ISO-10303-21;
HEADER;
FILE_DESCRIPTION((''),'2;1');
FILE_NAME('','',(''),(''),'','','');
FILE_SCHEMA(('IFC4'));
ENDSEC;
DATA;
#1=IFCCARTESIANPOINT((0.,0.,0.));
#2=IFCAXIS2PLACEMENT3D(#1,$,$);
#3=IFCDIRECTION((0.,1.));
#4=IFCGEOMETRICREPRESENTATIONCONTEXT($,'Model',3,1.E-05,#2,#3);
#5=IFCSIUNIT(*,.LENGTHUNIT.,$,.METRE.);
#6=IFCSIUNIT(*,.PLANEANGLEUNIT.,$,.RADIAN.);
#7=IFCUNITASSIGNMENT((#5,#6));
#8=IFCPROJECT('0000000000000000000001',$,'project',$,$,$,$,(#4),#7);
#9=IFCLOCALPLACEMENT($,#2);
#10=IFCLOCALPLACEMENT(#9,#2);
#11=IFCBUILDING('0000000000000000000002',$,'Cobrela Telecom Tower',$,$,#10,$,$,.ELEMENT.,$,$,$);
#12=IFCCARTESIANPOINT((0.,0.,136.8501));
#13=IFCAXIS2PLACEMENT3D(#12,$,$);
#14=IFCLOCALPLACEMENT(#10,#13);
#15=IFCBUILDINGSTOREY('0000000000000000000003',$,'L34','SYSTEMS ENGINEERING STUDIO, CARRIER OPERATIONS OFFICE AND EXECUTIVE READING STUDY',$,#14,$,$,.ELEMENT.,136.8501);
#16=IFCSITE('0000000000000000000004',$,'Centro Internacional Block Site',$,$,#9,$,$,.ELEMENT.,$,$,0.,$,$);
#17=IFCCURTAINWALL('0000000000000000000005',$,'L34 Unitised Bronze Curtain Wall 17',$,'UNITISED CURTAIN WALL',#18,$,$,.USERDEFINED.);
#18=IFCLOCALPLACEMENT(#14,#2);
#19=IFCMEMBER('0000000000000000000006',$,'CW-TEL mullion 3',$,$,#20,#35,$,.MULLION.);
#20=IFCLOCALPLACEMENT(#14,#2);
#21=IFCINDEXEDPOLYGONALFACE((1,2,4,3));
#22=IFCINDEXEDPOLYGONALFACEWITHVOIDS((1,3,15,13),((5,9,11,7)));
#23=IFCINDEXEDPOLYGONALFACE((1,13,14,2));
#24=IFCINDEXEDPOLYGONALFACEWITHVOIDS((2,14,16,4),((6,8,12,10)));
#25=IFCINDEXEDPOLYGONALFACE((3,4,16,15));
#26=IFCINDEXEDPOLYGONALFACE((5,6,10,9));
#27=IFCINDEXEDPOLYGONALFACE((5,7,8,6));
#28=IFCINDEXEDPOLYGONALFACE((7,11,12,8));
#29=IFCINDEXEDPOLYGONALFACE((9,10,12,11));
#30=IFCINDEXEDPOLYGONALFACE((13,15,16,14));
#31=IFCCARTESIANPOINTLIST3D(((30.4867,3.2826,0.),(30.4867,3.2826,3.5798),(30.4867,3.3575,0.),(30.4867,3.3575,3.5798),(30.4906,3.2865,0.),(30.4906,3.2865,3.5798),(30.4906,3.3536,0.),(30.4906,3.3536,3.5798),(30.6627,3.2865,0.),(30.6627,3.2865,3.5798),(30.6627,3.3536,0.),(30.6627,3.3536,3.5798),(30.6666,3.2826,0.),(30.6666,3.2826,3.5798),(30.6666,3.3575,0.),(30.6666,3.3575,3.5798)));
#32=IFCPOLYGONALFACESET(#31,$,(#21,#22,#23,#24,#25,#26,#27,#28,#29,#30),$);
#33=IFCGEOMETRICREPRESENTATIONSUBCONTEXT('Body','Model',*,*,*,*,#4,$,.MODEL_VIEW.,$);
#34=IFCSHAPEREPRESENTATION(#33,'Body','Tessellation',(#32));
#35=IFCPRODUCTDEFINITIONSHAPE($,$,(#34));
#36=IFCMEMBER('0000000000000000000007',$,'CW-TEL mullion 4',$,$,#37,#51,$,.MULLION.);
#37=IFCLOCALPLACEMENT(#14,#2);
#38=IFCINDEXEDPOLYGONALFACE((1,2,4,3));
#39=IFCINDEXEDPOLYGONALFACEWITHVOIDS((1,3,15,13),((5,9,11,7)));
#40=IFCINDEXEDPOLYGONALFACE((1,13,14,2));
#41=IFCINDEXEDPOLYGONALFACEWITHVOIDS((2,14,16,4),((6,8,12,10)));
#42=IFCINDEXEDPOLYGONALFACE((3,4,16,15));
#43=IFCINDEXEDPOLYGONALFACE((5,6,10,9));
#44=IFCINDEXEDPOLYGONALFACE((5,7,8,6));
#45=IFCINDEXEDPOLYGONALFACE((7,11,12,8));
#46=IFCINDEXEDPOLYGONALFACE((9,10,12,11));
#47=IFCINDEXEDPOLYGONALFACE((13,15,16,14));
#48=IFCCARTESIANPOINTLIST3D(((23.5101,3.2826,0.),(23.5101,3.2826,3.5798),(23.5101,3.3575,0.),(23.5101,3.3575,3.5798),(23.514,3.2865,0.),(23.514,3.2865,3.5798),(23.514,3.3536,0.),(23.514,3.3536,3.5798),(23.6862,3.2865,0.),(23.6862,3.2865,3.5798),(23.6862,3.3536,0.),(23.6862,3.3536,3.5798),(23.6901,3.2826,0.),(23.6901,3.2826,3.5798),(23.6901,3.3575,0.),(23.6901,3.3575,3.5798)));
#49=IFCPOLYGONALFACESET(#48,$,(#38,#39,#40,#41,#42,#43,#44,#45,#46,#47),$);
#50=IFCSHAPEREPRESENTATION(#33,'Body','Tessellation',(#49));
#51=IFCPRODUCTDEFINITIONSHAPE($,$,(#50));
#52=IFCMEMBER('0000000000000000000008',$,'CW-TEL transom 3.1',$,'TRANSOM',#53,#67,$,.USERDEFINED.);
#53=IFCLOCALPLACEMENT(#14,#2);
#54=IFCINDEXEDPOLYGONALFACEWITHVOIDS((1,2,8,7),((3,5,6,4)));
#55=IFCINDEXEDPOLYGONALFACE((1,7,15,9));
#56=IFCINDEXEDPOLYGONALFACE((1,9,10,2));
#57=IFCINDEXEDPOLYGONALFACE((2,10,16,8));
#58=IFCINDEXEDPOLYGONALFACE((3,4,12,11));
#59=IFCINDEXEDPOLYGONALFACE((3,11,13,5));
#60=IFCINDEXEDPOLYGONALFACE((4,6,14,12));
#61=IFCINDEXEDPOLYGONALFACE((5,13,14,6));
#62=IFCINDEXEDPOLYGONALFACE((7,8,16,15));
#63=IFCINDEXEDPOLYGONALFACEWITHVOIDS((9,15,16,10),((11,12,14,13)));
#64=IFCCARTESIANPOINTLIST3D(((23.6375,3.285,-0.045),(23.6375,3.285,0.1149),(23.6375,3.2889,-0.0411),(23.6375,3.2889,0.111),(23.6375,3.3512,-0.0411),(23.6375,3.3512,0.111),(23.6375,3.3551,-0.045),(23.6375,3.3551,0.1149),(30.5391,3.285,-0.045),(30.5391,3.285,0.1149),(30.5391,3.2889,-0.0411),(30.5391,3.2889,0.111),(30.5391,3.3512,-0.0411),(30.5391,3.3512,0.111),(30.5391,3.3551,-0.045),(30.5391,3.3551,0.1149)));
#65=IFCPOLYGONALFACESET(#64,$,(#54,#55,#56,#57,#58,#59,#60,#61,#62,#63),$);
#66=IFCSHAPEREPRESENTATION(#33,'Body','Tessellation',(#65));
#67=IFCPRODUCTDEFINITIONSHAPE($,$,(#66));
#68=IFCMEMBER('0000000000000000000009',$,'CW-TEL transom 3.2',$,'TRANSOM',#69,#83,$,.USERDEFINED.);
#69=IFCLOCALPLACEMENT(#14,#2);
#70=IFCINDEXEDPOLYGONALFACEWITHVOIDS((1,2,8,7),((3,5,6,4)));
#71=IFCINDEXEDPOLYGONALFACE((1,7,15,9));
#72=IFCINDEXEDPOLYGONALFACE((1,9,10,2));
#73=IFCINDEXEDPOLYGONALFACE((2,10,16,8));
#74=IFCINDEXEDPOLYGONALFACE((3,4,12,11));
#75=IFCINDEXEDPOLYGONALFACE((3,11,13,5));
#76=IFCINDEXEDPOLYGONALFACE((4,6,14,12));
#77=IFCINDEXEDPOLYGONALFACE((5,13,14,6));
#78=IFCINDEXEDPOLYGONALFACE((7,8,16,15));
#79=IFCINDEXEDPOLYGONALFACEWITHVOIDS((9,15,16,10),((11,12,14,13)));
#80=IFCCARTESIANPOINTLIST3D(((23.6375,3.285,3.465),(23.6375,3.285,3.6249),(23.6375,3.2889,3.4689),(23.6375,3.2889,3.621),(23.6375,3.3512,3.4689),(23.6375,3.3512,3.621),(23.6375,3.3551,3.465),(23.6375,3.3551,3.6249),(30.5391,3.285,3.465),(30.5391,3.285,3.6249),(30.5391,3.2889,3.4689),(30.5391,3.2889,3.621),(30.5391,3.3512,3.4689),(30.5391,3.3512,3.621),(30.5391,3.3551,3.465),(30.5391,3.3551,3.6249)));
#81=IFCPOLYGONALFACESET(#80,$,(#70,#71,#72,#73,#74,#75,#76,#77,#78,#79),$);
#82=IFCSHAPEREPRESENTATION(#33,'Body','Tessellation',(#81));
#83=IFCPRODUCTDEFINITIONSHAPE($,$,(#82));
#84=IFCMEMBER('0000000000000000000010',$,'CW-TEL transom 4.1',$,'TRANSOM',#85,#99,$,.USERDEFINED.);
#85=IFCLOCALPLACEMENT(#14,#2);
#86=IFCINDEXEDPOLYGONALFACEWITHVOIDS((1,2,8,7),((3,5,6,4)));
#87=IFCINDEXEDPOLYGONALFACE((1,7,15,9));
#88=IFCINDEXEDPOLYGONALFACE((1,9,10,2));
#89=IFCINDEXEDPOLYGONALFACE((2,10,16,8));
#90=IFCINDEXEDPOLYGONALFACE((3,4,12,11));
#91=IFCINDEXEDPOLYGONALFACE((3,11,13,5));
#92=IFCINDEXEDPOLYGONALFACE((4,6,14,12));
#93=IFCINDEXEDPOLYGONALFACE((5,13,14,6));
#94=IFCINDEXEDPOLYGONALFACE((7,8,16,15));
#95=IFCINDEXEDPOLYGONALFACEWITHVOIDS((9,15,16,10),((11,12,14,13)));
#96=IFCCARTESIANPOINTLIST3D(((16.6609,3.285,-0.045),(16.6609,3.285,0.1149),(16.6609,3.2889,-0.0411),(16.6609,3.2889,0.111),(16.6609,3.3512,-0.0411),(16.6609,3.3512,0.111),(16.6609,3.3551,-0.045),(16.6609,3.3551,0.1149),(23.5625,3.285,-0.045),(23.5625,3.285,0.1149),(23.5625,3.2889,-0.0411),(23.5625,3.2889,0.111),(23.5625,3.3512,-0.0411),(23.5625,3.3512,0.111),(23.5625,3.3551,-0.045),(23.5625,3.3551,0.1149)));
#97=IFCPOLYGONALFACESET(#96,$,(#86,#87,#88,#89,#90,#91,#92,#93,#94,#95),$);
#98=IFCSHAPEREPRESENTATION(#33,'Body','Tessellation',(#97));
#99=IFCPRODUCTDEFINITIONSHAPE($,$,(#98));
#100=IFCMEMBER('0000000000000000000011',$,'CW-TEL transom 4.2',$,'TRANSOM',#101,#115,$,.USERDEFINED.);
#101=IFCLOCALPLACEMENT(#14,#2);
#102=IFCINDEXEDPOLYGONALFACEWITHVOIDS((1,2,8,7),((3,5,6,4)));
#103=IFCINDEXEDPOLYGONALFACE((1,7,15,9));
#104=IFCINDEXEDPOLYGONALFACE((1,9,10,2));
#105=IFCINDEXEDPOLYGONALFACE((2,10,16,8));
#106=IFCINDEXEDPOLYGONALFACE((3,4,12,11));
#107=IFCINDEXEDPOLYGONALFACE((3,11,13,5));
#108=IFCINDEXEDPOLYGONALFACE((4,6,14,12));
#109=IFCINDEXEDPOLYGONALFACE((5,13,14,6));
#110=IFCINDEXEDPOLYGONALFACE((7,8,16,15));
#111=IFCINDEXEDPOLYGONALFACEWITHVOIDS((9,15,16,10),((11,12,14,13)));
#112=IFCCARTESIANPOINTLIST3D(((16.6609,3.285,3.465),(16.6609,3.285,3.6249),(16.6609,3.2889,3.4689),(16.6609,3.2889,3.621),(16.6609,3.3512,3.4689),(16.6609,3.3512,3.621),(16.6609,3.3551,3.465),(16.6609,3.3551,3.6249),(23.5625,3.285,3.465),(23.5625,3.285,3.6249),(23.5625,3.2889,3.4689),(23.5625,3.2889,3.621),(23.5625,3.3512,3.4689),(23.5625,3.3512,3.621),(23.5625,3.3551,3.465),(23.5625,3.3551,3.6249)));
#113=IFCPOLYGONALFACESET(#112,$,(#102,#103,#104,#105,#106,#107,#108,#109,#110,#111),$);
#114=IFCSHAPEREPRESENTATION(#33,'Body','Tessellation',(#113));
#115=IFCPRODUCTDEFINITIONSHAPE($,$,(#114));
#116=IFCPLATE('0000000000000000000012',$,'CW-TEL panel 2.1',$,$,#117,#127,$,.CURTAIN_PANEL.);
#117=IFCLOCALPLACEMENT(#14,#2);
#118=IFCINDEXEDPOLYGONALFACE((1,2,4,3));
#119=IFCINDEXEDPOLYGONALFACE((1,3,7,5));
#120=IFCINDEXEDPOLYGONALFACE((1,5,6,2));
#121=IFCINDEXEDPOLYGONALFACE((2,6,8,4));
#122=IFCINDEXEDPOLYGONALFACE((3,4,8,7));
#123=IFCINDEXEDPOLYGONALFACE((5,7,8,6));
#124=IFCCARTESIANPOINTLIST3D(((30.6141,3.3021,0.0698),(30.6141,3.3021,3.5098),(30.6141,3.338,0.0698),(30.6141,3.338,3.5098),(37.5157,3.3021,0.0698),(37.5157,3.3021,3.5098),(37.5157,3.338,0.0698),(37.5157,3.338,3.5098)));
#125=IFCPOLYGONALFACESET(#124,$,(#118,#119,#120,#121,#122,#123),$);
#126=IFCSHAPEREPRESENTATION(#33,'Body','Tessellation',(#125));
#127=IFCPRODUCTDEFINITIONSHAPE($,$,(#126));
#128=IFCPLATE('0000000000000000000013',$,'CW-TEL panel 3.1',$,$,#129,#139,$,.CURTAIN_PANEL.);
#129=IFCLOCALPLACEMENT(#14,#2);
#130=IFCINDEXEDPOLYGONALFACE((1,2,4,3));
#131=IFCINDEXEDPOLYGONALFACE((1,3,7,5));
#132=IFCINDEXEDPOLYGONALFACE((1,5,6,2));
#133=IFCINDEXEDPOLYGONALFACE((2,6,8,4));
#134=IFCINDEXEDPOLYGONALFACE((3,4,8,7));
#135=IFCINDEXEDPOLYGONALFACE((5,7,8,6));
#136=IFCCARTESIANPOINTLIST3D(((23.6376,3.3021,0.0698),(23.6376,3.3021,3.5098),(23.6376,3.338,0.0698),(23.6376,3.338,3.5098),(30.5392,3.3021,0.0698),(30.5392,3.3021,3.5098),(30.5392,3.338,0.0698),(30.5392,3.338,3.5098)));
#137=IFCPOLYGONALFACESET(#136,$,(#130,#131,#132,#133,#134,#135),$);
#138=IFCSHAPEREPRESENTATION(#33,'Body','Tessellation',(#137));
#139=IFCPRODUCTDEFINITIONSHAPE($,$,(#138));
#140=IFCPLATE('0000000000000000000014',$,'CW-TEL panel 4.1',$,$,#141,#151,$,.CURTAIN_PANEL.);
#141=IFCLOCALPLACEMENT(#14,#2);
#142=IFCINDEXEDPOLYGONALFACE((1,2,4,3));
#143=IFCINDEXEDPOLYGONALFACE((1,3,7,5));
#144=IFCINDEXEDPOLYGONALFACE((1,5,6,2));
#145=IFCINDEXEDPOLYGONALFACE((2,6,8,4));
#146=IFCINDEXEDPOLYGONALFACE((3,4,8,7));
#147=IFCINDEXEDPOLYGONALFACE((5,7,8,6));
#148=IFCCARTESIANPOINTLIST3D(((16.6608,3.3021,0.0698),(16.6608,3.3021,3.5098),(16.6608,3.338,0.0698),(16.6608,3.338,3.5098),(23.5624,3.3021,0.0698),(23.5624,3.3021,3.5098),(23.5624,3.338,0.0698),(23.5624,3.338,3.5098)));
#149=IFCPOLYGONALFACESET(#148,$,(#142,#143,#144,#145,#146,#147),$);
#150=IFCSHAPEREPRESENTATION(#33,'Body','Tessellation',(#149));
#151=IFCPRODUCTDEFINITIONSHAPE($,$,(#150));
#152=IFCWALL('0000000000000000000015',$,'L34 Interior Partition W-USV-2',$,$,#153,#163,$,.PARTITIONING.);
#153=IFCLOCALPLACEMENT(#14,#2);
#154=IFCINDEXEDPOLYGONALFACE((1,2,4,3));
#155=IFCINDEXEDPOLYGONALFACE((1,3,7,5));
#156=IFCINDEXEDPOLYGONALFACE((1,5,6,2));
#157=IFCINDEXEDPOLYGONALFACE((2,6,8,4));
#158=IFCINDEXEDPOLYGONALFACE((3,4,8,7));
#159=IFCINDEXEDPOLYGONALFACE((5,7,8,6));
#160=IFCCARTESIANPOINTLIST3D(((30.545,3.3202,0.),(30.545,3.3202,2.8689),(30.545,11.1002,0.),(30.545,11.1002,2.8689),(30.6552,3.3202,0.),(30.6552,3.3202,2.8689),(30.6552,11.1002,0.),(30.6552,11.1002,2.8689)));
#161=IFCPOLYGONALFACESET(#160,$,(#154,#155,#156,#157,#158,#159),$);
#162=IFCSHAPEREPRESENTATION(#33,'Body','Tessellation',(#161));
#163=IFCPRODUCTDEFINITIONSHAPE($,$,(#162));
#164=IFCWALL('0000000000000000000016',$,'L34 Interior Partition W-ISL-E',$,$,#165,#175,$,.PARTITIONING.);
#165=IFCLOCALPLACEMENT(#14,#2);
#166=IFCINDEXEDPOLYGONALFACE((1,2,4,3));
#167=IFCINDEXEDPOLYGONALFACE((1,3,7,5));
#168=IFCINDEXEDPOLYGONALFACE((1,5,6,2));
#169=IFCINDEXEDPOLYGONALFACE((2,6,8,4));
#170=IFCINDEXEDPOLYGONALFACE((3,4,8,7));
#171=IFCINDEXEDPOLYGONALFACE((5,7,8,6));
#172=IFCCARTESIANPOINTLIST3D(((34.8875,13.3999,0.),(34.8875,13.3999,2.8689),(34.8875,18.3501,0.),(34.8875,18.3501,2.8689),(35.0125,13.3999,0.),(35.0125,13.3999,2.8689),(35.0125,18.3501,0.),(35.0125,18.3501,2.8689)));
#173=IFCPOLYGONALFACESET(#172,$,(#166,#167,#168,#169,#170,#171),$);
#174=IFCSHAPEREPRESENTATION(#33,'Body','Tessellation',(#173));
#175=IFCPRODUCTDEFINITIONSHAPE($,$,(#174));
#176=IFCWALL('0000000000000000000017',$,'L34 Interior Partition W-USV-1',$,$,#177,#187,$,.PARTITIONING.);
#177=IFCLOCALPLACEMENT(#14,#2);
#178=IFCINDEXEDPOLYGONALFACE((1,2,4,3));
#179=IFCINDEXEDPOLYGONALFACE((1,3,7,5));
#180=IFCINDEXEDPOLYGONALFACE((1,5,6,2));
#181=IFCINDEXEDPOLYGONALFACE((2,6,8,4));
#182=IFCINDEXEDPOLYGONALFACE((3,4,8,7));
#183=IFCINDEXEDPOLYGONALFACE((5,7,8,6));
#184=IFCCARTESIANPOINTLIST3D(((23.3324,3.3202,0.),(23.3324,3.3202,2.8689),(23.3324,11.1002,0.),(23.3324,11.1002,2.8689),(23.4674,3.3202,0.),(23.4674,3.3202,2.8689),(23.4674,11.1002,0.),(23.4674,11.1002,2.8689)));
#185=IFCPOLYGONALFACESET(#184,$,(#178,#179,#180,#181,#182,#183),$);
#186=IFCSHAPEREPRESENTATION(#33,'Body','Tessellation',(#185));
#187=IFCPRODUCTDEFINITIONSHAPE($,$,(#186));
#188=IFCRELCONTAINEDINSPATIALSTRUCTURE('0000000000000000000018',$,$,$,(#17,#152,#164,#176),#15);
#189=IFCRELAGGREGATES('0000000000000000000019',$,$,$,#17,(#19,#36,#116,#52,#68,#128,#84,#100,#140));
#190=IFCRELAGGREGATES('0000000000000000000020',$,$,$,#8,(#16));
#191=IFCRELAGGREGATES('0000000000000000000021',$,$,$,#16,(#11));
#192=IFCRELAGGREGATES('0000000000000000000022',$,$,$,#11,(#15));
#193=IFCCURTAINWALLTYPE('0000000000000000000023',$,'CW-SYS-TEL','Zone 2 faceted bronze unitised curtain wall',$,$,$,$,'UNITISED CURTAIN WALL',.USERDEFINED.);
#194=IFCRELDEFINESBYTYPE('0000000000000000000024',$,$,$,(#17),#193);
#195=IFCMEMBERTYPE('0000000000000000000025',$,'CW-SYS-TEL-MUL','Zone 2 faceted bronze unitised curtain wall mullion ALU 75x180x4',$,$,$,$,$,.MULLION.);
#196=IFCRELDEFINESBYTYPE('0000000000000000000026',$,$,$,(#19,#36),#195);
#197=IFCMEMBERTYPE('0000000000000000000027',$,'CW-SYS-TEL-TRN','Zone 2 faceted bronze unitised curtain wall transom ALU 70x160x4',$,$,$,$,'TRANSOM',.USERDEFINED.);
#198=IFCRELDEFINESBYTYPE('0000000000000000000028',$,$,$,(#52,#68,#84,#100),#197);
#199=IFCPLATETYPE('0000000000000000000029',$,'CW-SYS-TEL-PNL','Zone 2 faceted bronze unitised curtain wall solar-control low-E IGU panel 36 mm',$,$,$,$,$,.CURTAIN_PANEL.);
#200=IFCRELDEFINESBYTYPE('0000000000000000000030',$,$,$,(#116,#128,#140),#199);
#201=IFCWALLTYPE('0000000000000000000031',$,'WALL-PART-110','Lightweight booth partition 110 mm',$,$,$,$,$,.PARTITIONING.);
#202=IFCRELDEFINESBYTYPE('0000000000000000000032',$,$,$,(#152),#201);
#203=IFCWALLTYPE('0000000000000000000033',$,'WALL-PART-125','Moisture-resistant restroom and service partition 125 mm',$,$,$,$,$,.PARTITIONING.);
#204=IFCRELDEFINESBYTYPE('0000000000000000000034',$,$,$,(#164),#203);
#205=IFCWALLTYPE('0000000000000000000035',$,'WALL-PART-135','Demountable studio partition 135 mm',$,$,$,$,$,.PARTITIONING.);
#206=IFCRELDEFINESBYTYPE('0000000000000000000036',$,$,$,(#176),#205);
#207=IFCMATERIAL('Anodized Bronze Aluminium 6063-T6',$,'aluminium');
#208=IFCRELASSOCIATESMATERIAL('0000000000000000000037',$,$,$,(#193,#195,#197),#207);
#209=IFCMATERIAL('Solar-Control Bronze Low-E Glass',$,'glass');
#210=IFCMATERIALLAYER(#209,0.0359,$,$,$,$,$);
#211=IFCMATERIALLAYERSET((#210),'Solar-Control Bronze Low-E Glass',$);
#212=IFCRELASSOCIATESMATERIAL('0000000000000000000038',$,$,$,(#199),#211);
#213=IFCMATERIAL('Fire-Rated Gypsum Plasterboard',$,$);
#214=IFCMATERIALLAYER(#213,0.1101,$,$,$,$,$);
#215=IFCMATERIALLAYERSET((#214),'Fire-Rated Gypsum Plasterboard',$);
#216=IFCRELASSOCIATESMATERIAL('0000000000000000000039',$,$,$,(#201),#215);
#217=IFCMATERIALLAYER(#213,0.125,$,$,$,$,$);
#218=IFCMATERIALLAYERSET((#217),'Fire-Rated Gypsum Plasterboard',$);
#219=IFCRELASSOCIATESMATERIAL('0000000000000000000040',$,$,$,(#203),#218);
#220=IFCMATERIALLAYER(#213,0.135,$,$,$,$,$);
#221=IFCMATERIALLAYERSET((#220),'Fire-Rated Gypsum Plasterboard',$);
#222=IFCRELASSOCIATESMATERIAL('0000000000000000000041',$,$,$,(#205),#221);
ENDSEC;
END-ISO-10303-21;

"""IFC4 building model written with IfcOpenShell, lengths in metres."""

from ifc_helpers import new_model, si_unit, direction, frame, frame_2d, origin, origin_2d, place, context, subcontext, project, spatial, rectangle, hollow_rectangle, extrude, material, layer, layer_set, material_profile, profile_set, type_object, element, aggregate, save


model = new_model("IFC4")

# Units and contexts
model_context = context("Model", 3, precision=1e-05, world=origin(), true_north=direction((0.0, 1.0)))
body_context = subcontext(model_context, "Body", "Model", "MODEL_VIEW")
ifc_project = project(units=[si_unit("LENGTHUNIT", "METRE"), si_unit("PLANEANGLEUNIT", "RADIAN")], contexts=[model_context])

# Site, building, storey
site_placement = place(None, origin())
site = spatial("IfcSite", under=ifc_project, at=site_placement, Name="Centro Internacional Block Site", CompositionType="ELEMENT", RefElevation=0.0)
building_placement = place(site_placement, origin())
building = spatial("IfcBuilding", under=site, at=building_placement, Name="Cobrela Telecom Tower", CompositionType="ELEMENT")
storey_placement = place(building_placement, frame((0.0, 0.0, 136.8501)))
storey = spatial("IfcBuildingStorey", under=building, at=storey_placement, Name="L34", Description="SYSTEMS ENGINEERING STUDIO, CARRIER OPERATIONS OFFICE AND EXECUTIVE READING STUDY", CompositionType="ELEMENT", Elevation=136.8501)

# Curtain wall, members, plates
ifc_material_1 = material(Name="Anodized Bronze Aluminium 6063-T6", Category="aluminium")
curtain_wall_type = type_object("IfcCurtainWallType", Name="CW-SYS-TEL", Description="Zone 2 faceted bronze unitised curtain wall", ElementType="UNITISED CURTAIN WALL", PredefinedType="USERDEFINED", material=ifc_material_1)
curtain_wall_placement = place(storey_placement, origin())
curtain_wall = element("IfcCurtainWall", 1, at=curtain_wall_placement, inside=storey, type_object=curtain_wall_type, Name="L34 Unitised Bronze Curtain Wall 17", ObjectType="UNITISED CURTAIN WALL", PredefinedType="USERDEFINED")
ifc_material_profile_1 = material_profile(ifc_material_1, hollow_rectangle(XDim=0.075, YDim=0.1799, WallThickness=0.0039, at=origin_2d()), Name="ALU 75x180x4")
ifc_profile_set_1 = profile_set([ifc_material_profile_1], Name="Anodized Bronze Aluminium 6063-T6")
member_type_1 = type_object("IfcMemberType", Name="CW-SYS-TEL-MUL", Description="Zone 2 faceted bronze unitised curtain wall mullion ALU 75x180x4", PredefinedType="MULLION", material=ifc_profile_set_1)
member_1_placement = place(storey_placement, frame((30.5767, 3.3201, 0.0), z_axis=(0.0, 0.0, 1.0), x_axis=(0.0, -1.0, 0.0)))
member_1 = element("IfcMember", 2, at=member_1_placement, type_object=member_type_1, Name="CW-TEL mullion 3", PredefinedType="MULLION", context=body_context, shape_type="SweptSolid", body=[
    extrude(hollow_rectangle(XDim=0.075, YDim=0.1799, WallThickness=0.0039, at=origin_2d()), origin(), (0.0, 0.0, 1.0), 3.5798),
])
member_2_placement = place(storey_placement, frame((23.6001, 3.3201, 0.0), z_axis=(0.0, 0.0, 1.0), x_axis=(0.0, -1.0, 0.0)))
member_2 = element("IfcMember", 3, at=member_2_placement, type_object=member_type_1, Name="CW-TEL mullion 4", PredefinedType="MULLION", context=body_context, shape_type="SweptSolid", body=[
    extrude(hollow_rectangle(XDim=0.075, YDim=0.1799, WallThickness=0.0039, at=origin_2d()), origin(), (0.0, 0.0, 1.0), 3.5798),
])
ifc_material_profile_2 = material_profile(ifc_material_1, hollow_rectangle(XDim=0.0701, YDim=0.1599, WallThickness=0.0039, at=origin_2d()), Name="ALU 70x160x4")
ifc_profile_set_2 = profile_set([ifc_material_profile_2], Name="Anodized Bronze Aluminium 6063-T6")
member_type_2 = type_object("IfcMemberType", Name="CW-SYS-TEL-TRN", Description="Zone 2 faceted bronze unitised curtain wall transom ALU 70x160x4", ElementType="TRANSOM", PredefinedType="USERDEFINED", material=ifc_profile_set_2)
member_3_placement = place(storey_placement, frame((30.5391, 3.3201, 0.0349), z_axis=(-1.0, 0.0, 0.0), x_axis=(0.0, -1.0, 0.0)))
member_3 = element("IfcMember", 4, at=member_3_placement, type_object=member_type_2, Name="CW-TEL transom 3.1", ObjectType="TRANSOM", PredefinedType="USERDEFINED", context=body_context, shape_type="SweptSolid", body=[
    extrude(hollow_rectangle(XDim=0.0701, YDim=0.1599, WallThickness=0.0039, at=origin_2d()), origin(), (0.0, 0.0, 1.0), 6.9016),
])
member_4_placement = place(storey_placement, frame((30.5391, 3.3201, 3.5449), z_axis=(-1.0, 0.0, 0.0), x_axis=(0.0, -1.0, 0.0)))
member_4 = element("IfcMember", 5, at=member_4_placement, type_object=member_type_2, Name="CW-TEL transom 3.2", ObjectType="TRANSOM", PredefinedType="USERDEFINED", context=body_context, shape_type="SweptSolid", body=[
    extrude(hollow_rectangle(XDim=0.0701, YDim=0.1599, WallThickness=0.0039, at=origin_2d()), origin(), (0.0, 0.0, 1.0), 6.9016),
])
member_5_placement = place(storey_placement, frame((23.5625, 3.3201, 0.0349), z_axis=(-1.0, 0.0, 0.0), x_axis=(0.0, -1.0, 0.0)))
member_5 = element("IfcMember", 6, at=member_5_placement, type_object=member_type_2, Name="CW-TEL transom 4.1", ObjectType="TRANSOM", PredefinedType="USERDEFINED", context=body_context, shape_type="SweptSolid", body=[
    extrude(hollow_rectangle(XDim=0.0701, YDim=0.1599, WallThickness=0.0039, at=origin_2d()), origin(), (0.0, 0.0, 1.0), 6.9016),
])
member_6_placement = place(storey_placement, frame((23.5625, 3.3201, 3.5449), z_axis=(-1.0, 0.0, 0.0), x_axis=(0.0, -1.0, 0.0)))
member_6 = element("IfcMember", 7, at=member_6_placement, type_object=member_type_2, Name="CW-TEL transom 4.2", ObjectType="TRANSOM", PredefinedType="USERDEFINED", context=body_context, shape_type="SweptSolid", body=[
    extrude(hollow_rectangle(XDim=0.0701, YDim=0.1599, WallThickness=0.0039, at=origin_2d()), origin(), (0.0, 0.0, 1.0), 6.9016),
])
ifc_material_2 = material(Name="Solar-Control Bronze Low-E Glass", Category="glass")
ifc_layer_1 = layer(ifc_material_2, 0.0359)
ifc_layer_set_1 = layer_set([ifc_layer_1], Name="Solar-Control Bronze Low-E Glass")
plate_type = type_object("IfcPlateType", Name="CW-SYS-TEL-PNL", Description="Zone 2 faceted bronze unitised curtain wall solar-control low-E IGU panel 36 mm", PredefinedType="CURTAIN_PANEL", material=ifc_layer_set_1)
plate_1_placement = place(storey_placement, frame((34.0649, 3.3201, 0.0698), z_axis=(0.0, 0.0, 1.0), x_axis=(-1.0, 0.0, 0.0)))
plate_1 = element("IfcPlate", 8, at=plate_1_placement, type_object=plate_type, Name="CW-TEL panel 2.1", PredefinedType="CURTAIN_PANEL", context=body_context, shape_type="SweptSolid", body=[
    extrude(rectangle(XDim=6.9016, YDim=0.0359, at=origin_2d()), origin(), (0.0, 0.0, 1.0), 3.4399),
])
plate_2_placement = place(storey_placement, frame((27.0884, 3.3201, 0.0698), z_axis=(0.0, 0.0, 1.0), x_axis=(-1.0, 0.0, 0.0)))
plate_2 = element("IfcPlate", 9, at=plate_2_placement, type_object=plate_type, Name="CW-TEL panel 3.1", PredefinedType="CURTAIN_PANEL", context=body_context, shape_type="SweptSolid", body=[
    extrude(rectangle(XDim=6.9016, YDim=0.0359, at=origin_2d()), origin(), (0.0, 0.0, 1.0), 3.4399),
])
plate_3_placement = place(storey_placement, frame((20.1116, 3.3201, 0.0698), z_axis=(0.0, 0.0, 1.0), x_axis=(-1.0, 0.0, 0.0)))
plate_3 = element("IfcPlate", 10, at=plate_3_placement, type_object=plate_type, Name="CW-TEL panel 4.1", PredefinedType="CURTAIN_PANEL", context=body_context, shape_type="SweptSolid", body=[
    extrude(rectangle(XDim=6.9016, YDim=0.0359, at=origin_2d()), origin(), (0.0, 0.0, 1.0), 3.4399),
])
aggregate(curtain_wall, [member_1, member_2, plate_1, member_3, member_4, plate_2, member_5, member_6, plate_3])

# Walls
ifc_material_3 = material(Name="Fire-Rated Gypsum Plasterboard")
ifc_layer_2 = layer(ifc_material_3, 0.1101)
ifc_layer_set_2 = layer_set([ifc_layer_2], Name="Fire-Rated Gypsum Plasterboard")
wall_type_1 = type_object("IfcWallType", Name="WALL-PART-110", Description="Lightweight booth partition 110 mm", PredefinedType="PARTITIONING", material=ifc_layer_set_2)
wall_1_placement = place(storey_placement, frame((30.6001, 3.3201, 0.0), z_axis=(0.0, 0.0, 1.0), x_axis=(0.0, 1.0, 0.0)))
element("IfcWall", 11, at=wall_1_placement, inside=storey, type_object=wall_type_1, Name="L34 Interior Partition W-USV-2", PredefinedType="PARTITIONING", context=body_context, shape_type="SweptSolid", body=[
    extrude(rectangle(XDim=7.78, YDim=0.1101, at=frame_2d((3.8901, 0.0))), origin(), (0.0, 0.0, 1.0), 2.8689),
])
ifc_layer_3 = layer(ifc_material_3, 0.125)
ifc_layer_set_3 = layer_set([ifc_layer_3], Name="Fire-Rated Gypsum Plasterboard")
wall_type_2 = type_object("IfcWallType", Name="WALL-PART-125", Description="Moisture-resistant restroom and service partition 125 mm", PredefinedType="PARTITIONING", material=ifc_layer_set_3)
wall_2_placement = place(storey_placement, frame((34.95, 13.3999, 0.0), z_axis=(0.0, 0.0, 1.0), x_axis=(0.0, 1.0, 0.0)))
element("IfcWall", 12, at=wall_2_placement, inside=storey, type_object=wall_type_2, Name="L34 Interior Partition W-ISL-E", PredefinedType="PARTITIONING", context=body_context, shape_type="SweptSolid", body=[
    extrude(rectangle(XDim=4.9502, YDim=0.125, at=frame_2d((2.4751, 0.0))), origin(), (0.0, 0.0, 1.0), 2.8689),
])
ifc_layer_4 = layer(ifc_material_3, 0.135)
ifc_layer_set_4 = layer_set([ifc_layer_4], Name="Fire-Rated Gypsum Plasterboard")
wall_type_3 = type_object("IfcWallType", Name="WALL-PART-135", Description="Demountable studio partition 135 mm", PredefinedType="PARTITIONING", material=ifc_layer_set_4)
wall_3_placement = place(storey_placement, frame((23.3999, 3.3201, 0.0), z_axis=(0.0, 0.0, 1.0), x_axis=(0.0, 1.0, 0.0)))
element("IfcWall", 13, at=wall_3_placement, inside=storey, type_object=wall_type_3, Name="L34 Interior Partition W-USV-1", PredefinedType="PARTITIONING", context=body_context, shape_type="SweptSolid", body=[
    extrude(rectangle(XDim=7.78, YDim=0.135, at=frame_2d((3.8901, 0.0))), origin(), (0.0, 0.0, 1.0), 2.8689),
])

save(model, "model.ifc")
